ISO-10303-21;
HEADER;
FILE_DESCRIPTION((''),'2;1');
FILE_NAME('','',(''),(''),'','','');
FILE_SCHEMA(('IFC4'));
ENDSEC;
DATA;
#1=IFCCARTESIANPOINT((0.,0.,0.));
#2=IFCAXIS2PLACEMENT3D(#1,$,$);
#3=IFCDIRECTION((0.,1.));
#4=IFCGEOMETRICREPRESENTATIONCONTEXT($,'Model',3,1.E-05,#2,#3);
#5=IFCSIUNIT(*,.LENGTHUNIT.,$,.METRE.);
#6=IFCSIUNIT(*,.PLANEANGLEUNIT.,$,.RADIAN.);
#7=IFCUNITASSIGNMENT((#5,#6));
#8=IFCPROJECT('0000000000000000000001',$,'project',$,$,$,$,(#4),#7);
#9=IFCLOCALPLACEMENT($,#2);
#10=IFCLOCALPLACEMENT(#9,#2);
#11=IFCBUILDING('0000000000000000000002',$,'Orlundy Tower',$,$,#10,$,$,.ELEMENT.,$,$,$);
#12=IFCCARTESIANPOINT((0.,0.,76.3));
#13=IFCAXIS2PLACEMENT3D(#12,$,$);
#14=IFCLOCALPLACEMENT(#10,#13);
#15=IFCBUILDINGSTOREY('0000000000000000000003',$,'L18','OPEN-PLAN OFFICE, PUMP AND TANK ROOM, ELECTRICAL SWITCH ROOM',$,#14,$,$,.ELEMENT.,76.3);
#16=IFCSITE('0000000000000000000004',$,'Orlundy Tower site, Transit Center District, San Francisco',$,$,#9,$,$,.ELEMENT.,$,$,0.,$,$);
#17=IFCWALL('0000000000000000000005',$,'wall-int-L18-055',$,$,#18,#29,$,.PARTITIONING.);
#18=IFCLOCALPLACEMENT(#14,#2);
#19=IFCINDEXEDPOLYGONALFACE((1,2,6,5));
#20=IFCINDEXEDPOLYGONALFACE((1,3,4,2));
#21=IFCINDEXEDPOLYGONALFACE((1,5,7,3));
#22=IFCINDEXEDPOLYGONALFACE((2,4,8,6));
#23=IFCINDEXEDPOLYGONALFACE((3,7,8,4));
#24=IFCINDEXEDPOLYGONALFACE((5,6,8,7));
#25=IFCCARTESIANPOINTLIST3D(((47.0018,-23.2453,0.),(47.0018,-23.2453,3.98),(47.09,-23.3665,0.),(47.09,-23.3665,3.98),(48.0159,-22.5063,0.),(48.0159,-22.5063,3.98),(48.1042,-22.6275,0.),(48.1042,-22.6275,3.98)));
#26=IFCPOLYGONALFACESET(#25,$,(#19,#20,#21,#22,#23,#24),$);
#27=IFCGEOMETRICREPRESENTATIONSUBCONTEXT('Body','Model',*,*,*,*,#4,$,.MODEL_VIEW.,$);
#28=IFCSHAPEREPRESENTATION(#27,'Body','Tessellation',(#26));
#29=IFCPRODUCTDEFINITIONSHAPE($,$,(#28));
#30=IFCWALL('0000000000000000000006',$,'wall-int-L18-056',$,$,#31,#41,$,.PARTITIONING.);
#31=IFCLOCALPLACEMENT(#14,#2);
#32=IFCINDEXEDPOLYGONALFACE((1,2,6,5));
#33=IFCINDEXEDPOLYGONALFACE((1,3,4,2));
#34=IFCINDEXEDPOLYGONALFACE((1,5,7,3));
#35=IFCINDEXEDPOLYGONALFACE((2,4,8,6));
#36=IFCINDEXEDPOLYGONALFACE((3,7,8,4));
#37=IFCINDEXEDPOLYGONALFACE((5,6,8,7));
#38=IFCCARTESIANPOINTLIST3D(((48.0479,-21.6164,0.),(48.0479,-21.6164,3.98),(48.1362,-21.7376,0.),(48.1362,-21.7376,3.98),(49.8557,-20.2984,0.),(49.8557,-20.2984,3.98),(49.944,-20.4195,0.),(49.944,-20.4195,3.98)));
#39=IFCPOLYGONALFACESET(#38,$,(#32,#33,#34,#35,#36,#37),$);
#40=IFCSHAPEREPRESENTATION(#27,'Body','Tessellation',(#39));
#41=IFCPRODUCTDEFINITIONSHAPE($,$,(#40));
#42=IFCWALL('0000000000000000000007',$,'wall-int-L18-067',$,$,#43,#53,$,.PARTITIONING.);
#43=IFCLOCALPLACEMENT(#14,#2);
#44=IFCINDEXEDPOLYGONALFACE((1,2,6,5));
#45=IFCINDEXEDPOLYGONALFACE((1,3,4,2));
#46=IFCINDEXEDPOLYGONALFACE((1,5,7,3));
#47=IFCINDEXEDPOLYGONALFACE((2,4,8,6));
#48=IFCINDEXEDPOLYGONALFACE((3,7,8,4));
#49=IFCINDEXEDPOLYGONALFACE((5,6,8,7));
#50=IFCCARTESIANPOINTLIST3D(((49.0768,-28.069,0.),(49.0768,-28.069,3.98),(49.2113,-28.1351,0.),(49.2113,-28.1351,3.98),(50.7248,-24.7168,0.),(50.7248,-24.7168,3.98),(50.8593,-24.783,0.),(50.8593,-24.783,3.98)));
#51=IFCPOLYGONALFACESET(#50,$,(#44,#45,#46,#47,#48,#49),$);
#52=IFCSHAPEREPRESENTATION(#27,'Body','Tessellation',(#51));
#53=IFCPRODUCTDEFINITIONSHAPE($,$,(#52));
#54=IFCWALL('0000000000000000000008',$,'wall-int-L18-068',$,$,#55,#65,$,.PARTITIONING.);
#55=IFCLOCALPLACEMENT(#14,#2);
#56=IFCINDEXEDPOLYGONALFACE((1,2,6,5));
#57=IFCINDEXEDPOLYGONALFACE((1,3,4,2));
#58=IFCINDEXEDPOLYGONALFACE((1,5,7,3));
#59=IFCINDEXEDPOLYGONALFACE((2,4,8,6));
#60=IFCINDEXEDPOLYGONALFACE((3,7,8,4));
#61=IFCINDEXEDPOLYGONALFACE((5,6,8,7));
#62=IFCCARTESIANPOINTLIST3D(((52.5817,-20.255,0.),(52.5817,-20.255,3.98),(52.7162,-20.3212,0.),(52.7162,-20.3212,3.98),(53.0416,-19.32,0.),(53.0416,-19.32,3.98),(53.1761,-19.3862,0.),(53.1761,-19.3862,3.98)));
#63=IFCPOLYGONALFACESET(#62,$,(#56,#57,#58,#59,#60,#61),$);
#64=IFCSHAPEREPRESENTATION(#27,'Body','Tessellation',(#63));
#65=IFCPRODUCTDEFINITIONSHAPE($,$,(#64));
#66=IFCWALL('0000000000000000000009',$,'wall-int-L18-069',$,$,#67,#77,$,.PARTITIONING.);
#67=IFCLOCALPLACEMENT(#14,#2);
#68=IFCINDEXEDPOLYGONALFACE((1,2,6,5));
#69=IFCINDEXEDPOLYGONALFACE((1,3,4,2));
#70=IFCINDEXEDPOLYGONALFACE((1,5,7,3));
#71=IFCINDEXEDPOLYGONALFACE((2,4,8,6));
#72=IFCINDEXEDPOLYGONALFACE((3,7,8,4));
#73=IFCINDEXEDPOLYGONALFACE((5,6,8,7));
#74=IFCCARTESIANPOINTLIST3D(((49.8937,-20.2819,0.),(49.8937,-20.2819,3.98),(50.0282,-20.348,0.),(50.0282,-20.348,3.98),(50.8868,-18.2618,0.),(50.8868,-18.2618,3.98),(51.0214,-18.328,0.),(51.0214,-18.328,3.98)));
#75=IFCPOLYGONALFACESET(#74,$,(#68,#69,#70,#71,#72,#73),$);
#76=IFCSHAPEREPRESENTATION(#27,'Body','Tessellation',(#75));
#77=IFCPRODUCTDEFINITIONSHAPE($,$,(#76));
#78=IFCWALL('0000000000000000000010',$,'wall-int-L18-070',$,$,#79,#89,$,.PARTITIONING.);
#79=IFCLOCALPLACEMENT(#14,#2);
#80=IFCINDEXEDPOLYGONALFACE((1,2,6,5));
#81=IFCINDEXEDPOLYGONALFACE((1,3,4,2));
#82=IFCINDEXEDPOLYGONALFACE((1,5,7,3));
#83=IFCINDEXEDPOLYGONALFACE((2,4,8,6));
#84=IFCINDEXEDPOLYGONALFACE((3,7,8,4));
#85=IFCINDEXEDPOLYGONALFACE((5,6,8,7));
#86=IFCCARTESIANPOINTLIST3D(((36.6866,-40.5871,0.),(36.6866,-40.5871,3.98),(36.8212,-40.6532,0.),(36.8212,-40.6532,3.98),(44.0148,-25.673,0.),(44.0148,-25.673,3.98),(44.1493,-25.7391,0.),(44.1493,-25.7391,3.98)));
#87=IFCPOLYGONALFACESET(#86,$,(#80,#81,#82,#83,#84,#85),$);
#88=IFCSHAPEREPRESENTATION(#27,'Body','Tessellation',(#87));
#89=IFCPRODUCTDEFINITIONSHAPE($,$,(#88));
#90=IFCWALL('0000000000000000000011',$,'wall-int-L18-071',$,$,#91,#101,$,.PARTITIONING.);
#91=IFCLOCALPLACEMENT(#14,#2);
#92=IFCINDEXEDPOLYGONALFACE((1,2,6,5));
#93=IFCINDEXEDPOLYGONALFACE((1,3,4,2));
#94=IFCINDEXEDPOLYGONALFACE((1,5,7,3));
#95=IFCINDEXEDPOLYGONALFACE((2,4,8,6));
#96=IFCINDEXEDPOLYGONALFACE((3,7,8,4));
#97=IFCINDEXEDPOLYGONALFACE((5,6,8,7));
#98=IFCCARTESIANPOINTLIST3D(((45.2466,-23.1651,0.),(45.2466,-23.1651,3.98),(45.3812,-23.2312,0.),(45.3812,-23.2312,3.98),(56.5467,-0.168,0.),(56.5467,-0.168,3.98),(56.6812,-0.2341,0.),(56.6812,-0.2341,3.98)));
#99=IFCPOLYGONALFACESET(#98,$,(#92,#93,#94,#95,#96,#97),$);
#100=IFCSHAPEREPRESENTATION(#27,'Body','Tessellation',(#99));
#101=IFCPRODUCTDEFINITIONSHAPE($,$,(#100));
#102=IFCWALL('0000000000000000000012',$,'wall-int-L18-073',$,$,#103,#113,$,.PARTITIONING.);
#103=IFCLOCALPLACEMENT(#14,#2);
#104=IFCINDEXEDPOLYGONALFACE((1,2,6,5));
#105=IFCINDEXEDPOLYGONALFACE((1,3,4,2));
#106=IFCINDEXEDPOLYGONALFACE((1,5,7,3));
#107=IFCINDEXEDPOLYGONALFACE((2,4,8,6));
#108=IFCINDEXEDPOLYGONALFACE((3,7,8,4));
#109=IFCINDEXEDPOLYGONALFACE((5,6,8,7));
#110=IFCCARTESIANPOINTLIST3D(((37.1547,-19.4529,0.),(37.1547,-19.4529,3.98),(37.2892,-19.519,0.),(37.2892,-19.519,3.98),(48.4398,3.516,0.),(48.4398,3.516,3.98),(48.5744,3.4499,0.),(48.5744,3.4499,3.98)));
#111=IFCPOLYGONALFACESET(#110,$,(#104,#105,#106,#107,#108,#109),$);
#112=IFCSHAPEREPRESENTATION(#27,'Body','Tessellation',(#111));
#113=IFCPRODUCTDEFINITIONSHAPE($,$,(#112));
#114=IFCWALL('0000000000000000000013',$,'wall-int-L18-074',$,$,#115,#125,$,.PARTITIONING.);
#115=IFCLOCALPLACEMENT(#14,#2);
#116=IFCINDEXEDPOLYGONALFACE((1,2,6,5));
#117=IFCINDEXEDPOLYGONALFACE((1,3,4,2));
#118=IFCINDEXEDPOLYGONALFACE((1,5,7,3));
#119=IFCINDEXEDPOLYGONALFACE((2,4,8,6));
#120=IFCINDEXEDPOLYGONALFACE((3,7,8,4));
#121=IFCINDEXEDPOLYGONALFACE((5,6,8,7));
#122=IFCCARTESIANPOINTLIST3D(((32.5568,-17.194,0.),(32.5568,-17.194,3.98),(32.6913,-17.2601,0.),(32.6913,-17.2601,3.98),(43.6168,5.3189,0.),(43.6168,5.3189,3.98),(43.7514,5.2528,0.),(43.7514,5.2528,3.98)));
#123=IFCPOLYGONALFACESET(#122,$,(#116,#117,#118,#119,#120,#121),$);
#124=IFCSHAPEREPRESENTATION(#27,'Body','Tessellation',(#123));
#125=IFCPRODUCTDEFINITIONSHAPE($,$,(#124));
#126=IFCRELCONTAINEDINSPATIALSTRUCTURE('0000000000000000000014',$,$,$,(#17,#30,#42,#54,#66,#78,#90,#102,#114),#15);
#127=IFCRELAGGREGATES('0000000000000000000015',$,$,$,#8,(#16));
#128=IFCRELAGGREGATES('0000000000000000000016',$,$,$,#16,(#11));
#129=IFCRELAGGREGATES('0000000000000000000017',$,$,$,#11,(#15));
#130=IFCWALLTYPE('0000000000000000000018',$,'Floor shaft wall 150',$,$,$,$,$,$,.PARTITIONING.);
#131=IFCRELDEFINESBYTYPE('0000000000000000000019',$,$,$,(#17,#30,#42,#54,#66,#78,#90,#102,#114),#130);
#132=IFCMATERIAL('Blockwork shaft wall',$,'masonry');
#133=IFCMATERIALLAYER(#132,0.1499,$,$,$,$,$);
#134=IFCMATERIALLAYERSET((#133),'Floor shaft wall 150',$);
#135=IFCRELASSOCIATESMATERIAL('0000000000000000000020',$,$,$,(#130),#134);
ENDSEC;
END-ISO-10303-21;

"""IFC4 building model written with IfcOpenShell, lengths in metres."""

from ifc_helpers import new_model, si_unit, direction, frame, frame_2d, origin, place, context, subcontext, project, spatial, rectangle, extrude, material, layer, layer_set, type_object, element, save


model = new_model("IFC4")

# Units and contexts
model_context = context("Model", 3, precision=1e-05, world=origin(), true_north=direction((0.0, 1.0)))
body_context = subcontext(model_context, "Body", "Model", "MODEL_VIEW")
ifc_project = project(units=[si_unit("LENGTHUNIT", "METRE"), si_unit("PLANEANGLEUNIT", "RADIAN")], contexts=[model_context])

# Site, building, storey
site_placement = place(None, origin())
site = spatial("IfcSite", under=ifc_project, at=site_placement, Name="Orlundy Tower site, Transit Center District, San Francisco", CompositionType="ELEMENT", RefElevation=0.0)
building_placement = place(site_placement, origin())
building = spatial("IfcBuilding", under=site, at=building_placement, Name="Orlundy Tower", CompositionType="ELEMENT")
storey_placement = place(building_placement, frame((0.0, 0.0, 76.3)))
storey = spatial("IfcBuildingStorey", under=building, at=storey_placement, Name="L18", Description="OPEN-PLAN OFFICE, PUMP AND TANK ROOM, ELECTRICAL SWITCH ROOM", CompositionType="ELEMENT", Elevation=76.3)

# Shared definitions
ifc_material_1 = material(Name="Blockwork shaft wall", Category="masonry")
ifc_layer = layer(ifc_material_1, 0.1499)
ifc_layer_set = layer_set([ifc_layer], Name="Floor shaft wall 150")
wall_type = type_object("IfcWallType", Name="Floor shaft wall 150", PredefinedType="PARTITIONING", material=ifc_layer_set)

# Walls
wall_1_placement = place(storey_placement, frame((47.0459, -23.3059, 0.0), z_axis=(0.0, 0.0, 1.0), x_axis=(0.808189, 0.588923, 0.0)))
element("IfcWall", 1, at=wall_1_placement, inside=storey, type_object=wall_type, Name="wall-int-L18-055", PredefinedType="PARTITIONING", context=body_context, shape_type="SweptSolid", body=[
    extrude(rectangle(XDim=1.2549, YDim=0.1499, at=frame_2d((0.6274, 0.0))), origin(), (0.0, 0.0, 1.0), 3.98),
])
wall_2_placement = place(storey_placement, frame((48.092, -21.677, 0.0), z_axis=(0.0, 0.0, 1.0), x_axis=(0.808032, 0.589138, 0.0)))
element("IfcWall", 2, at=wall_2_placement, inside=storey, type_object=wall_type, Name="wall-int-L18-056", PredefinedType="PARTITIONING", context=body_context, shape_type="SweptSolid", body=[
    extrude(rectangle(XDim=2.2373, YDim=0.1499, at=frame_2d((1.1187, 0.0))), origin(), (0.0, 0.0, 1.0), 3.98),
])
wall_3_placement = place(storey_placement, frame((49.144, -28.1021, 0.0), z_axis=(0.0, 0.0, 1.0), x_axis=(0.44119, 0.897414, 0.0)))
element("IfcWall", 3, at=wall_3_placement, inside=storey, type_object=wall_type, Name="wall-int-L18-067", PredefinedType="PARTITIONING", context=body_context, shape_type="SweptSolid", body=[
    extrude(rectangle(XDim=3.7354, YDim=0.1499, at=frame_2d((1.8677, 0.0))), origin(), (0.0, 0.0, 1.0), 3.98),
])
wall_4_placement = place(storey_placement, frame((52.6489, -20.2881, 0.0), z_axis=(0.0, 0.0, 1.0), x_axis=(0.441394, 0.897313, 0.0)))
element("IfcWall", 4, at=wall_4_placement, inside=storey, type_object=wall_type, Name="wall-int-L18-068", PredefinedType="PARTITIONING", context=body_context, shape_type="SweptSolid", body=[
    extrude(rectangle(XDim=1.042, YDim=0.1499, at=frame_2d((0.521, 0.0))), origin(), (0.0, 0.0, 1.0), 3.98),
])
wall_5_placement = place(storey_placement, frame((49.9609, -20.3149, 0.0), z_axis=(0.0, 0.0, 1.0), x_axis=(0.441217, 0.897401, 0.0)))
element("IfcWall", 5, at=wall_5_placement, inside=storey, type_object=wall_type, Name="wall-int-L18-069", PredefinedType="PARTITIONING", context=body_context, shape_type="SweptSolid", body=[
    extrude(rectangle(XDim=2.251, YDim=0.1499, at=frame_2d((1.1255, 0.0))), origin(), (0.0, 0.0, 1.0), 3.98),
])
wall_6_placement = place(storey_placement, frame((36.7539, -40.6201, 0.0), z_axis=(0.0, 0.0, 1.0), x_axis=(0.440997, 0.897509, 0.0)))
element("IfcWall", 6, at=wall_6_placement, inside=storey, type_object=wall_type, Name="wall-int-L18-070", PredefinedType="PARTITIONING", context=body_context, shape_type="SweptSolid", body=[
    extrude(rectangle(XDim=16.6172, YDim=0.1499, at=frame_2d((8.3086, 0.0))), origin(), (0.0, 0.0, 1.0), 3.98),
])
wall_7_placement = place(storey_placement, frame((45.314, -23.198, 0.0), z_axis=(0.0, 0.0, 1.0), x_axis=(0.441006, 0.897504, 0.0)))
element("IfcWall", 7, at=wall_7_placement, inside=storey, type_object=wall_type, Name="wall-int-L18-071", PredefinedType="PARTITIONING", context=body_context, shape_type="SweptSolid", body=[
    extrude(rectangle(XDim=25.6233, YDim=0.1499, at=frame_2d((12.8115, 0.0))), origin(), (0.0, 0.0, 1.0), 3.98),
])
wall_8_placement = place(storey_placement, frame((37.2219, -19.4861, 0.0), z_axis=(0.0, 0.0, 1.0), x_axis=(0.440971, 0.897521, 0.0)))
element("IfcWall", 8, at=wall_8_placement, inside=storey, type_object=wall_type, Name="wall-int-L18-073", PredefinedType="PARTITIONING", context=body_context, shape_type="SweptSolid", body=[
    extrude(rectangle(XDim=25.5916, YDim=0.1499, at=frame_2d((12.7959, 0.0))), origin(), (0.0, 0.0, 1.0), 3.98),
])
wall_9_placement = place(storey_placement, frame((32.624, -17.2271, 0.0), z_axis=(0.0, 0.0, 1.0), x_axis=(0.440938, 0.897537, 0.0)))
element("IfcWall", 9, at=wall_9_placement, inside=storey, type_object=wall_type, Name="wall-int-L18-074", PredefinedType="PARTITIONING", context=body_context, shape_type="SweptSolid", body=[
    extrude(rectangle(XDim=25.083, YDim=0.1499, at=frame_2d((12.5415, 0.0))), origin(), (0.0, 0.0, 1.0), 3.98),
])

save(model, "model.ifc")
